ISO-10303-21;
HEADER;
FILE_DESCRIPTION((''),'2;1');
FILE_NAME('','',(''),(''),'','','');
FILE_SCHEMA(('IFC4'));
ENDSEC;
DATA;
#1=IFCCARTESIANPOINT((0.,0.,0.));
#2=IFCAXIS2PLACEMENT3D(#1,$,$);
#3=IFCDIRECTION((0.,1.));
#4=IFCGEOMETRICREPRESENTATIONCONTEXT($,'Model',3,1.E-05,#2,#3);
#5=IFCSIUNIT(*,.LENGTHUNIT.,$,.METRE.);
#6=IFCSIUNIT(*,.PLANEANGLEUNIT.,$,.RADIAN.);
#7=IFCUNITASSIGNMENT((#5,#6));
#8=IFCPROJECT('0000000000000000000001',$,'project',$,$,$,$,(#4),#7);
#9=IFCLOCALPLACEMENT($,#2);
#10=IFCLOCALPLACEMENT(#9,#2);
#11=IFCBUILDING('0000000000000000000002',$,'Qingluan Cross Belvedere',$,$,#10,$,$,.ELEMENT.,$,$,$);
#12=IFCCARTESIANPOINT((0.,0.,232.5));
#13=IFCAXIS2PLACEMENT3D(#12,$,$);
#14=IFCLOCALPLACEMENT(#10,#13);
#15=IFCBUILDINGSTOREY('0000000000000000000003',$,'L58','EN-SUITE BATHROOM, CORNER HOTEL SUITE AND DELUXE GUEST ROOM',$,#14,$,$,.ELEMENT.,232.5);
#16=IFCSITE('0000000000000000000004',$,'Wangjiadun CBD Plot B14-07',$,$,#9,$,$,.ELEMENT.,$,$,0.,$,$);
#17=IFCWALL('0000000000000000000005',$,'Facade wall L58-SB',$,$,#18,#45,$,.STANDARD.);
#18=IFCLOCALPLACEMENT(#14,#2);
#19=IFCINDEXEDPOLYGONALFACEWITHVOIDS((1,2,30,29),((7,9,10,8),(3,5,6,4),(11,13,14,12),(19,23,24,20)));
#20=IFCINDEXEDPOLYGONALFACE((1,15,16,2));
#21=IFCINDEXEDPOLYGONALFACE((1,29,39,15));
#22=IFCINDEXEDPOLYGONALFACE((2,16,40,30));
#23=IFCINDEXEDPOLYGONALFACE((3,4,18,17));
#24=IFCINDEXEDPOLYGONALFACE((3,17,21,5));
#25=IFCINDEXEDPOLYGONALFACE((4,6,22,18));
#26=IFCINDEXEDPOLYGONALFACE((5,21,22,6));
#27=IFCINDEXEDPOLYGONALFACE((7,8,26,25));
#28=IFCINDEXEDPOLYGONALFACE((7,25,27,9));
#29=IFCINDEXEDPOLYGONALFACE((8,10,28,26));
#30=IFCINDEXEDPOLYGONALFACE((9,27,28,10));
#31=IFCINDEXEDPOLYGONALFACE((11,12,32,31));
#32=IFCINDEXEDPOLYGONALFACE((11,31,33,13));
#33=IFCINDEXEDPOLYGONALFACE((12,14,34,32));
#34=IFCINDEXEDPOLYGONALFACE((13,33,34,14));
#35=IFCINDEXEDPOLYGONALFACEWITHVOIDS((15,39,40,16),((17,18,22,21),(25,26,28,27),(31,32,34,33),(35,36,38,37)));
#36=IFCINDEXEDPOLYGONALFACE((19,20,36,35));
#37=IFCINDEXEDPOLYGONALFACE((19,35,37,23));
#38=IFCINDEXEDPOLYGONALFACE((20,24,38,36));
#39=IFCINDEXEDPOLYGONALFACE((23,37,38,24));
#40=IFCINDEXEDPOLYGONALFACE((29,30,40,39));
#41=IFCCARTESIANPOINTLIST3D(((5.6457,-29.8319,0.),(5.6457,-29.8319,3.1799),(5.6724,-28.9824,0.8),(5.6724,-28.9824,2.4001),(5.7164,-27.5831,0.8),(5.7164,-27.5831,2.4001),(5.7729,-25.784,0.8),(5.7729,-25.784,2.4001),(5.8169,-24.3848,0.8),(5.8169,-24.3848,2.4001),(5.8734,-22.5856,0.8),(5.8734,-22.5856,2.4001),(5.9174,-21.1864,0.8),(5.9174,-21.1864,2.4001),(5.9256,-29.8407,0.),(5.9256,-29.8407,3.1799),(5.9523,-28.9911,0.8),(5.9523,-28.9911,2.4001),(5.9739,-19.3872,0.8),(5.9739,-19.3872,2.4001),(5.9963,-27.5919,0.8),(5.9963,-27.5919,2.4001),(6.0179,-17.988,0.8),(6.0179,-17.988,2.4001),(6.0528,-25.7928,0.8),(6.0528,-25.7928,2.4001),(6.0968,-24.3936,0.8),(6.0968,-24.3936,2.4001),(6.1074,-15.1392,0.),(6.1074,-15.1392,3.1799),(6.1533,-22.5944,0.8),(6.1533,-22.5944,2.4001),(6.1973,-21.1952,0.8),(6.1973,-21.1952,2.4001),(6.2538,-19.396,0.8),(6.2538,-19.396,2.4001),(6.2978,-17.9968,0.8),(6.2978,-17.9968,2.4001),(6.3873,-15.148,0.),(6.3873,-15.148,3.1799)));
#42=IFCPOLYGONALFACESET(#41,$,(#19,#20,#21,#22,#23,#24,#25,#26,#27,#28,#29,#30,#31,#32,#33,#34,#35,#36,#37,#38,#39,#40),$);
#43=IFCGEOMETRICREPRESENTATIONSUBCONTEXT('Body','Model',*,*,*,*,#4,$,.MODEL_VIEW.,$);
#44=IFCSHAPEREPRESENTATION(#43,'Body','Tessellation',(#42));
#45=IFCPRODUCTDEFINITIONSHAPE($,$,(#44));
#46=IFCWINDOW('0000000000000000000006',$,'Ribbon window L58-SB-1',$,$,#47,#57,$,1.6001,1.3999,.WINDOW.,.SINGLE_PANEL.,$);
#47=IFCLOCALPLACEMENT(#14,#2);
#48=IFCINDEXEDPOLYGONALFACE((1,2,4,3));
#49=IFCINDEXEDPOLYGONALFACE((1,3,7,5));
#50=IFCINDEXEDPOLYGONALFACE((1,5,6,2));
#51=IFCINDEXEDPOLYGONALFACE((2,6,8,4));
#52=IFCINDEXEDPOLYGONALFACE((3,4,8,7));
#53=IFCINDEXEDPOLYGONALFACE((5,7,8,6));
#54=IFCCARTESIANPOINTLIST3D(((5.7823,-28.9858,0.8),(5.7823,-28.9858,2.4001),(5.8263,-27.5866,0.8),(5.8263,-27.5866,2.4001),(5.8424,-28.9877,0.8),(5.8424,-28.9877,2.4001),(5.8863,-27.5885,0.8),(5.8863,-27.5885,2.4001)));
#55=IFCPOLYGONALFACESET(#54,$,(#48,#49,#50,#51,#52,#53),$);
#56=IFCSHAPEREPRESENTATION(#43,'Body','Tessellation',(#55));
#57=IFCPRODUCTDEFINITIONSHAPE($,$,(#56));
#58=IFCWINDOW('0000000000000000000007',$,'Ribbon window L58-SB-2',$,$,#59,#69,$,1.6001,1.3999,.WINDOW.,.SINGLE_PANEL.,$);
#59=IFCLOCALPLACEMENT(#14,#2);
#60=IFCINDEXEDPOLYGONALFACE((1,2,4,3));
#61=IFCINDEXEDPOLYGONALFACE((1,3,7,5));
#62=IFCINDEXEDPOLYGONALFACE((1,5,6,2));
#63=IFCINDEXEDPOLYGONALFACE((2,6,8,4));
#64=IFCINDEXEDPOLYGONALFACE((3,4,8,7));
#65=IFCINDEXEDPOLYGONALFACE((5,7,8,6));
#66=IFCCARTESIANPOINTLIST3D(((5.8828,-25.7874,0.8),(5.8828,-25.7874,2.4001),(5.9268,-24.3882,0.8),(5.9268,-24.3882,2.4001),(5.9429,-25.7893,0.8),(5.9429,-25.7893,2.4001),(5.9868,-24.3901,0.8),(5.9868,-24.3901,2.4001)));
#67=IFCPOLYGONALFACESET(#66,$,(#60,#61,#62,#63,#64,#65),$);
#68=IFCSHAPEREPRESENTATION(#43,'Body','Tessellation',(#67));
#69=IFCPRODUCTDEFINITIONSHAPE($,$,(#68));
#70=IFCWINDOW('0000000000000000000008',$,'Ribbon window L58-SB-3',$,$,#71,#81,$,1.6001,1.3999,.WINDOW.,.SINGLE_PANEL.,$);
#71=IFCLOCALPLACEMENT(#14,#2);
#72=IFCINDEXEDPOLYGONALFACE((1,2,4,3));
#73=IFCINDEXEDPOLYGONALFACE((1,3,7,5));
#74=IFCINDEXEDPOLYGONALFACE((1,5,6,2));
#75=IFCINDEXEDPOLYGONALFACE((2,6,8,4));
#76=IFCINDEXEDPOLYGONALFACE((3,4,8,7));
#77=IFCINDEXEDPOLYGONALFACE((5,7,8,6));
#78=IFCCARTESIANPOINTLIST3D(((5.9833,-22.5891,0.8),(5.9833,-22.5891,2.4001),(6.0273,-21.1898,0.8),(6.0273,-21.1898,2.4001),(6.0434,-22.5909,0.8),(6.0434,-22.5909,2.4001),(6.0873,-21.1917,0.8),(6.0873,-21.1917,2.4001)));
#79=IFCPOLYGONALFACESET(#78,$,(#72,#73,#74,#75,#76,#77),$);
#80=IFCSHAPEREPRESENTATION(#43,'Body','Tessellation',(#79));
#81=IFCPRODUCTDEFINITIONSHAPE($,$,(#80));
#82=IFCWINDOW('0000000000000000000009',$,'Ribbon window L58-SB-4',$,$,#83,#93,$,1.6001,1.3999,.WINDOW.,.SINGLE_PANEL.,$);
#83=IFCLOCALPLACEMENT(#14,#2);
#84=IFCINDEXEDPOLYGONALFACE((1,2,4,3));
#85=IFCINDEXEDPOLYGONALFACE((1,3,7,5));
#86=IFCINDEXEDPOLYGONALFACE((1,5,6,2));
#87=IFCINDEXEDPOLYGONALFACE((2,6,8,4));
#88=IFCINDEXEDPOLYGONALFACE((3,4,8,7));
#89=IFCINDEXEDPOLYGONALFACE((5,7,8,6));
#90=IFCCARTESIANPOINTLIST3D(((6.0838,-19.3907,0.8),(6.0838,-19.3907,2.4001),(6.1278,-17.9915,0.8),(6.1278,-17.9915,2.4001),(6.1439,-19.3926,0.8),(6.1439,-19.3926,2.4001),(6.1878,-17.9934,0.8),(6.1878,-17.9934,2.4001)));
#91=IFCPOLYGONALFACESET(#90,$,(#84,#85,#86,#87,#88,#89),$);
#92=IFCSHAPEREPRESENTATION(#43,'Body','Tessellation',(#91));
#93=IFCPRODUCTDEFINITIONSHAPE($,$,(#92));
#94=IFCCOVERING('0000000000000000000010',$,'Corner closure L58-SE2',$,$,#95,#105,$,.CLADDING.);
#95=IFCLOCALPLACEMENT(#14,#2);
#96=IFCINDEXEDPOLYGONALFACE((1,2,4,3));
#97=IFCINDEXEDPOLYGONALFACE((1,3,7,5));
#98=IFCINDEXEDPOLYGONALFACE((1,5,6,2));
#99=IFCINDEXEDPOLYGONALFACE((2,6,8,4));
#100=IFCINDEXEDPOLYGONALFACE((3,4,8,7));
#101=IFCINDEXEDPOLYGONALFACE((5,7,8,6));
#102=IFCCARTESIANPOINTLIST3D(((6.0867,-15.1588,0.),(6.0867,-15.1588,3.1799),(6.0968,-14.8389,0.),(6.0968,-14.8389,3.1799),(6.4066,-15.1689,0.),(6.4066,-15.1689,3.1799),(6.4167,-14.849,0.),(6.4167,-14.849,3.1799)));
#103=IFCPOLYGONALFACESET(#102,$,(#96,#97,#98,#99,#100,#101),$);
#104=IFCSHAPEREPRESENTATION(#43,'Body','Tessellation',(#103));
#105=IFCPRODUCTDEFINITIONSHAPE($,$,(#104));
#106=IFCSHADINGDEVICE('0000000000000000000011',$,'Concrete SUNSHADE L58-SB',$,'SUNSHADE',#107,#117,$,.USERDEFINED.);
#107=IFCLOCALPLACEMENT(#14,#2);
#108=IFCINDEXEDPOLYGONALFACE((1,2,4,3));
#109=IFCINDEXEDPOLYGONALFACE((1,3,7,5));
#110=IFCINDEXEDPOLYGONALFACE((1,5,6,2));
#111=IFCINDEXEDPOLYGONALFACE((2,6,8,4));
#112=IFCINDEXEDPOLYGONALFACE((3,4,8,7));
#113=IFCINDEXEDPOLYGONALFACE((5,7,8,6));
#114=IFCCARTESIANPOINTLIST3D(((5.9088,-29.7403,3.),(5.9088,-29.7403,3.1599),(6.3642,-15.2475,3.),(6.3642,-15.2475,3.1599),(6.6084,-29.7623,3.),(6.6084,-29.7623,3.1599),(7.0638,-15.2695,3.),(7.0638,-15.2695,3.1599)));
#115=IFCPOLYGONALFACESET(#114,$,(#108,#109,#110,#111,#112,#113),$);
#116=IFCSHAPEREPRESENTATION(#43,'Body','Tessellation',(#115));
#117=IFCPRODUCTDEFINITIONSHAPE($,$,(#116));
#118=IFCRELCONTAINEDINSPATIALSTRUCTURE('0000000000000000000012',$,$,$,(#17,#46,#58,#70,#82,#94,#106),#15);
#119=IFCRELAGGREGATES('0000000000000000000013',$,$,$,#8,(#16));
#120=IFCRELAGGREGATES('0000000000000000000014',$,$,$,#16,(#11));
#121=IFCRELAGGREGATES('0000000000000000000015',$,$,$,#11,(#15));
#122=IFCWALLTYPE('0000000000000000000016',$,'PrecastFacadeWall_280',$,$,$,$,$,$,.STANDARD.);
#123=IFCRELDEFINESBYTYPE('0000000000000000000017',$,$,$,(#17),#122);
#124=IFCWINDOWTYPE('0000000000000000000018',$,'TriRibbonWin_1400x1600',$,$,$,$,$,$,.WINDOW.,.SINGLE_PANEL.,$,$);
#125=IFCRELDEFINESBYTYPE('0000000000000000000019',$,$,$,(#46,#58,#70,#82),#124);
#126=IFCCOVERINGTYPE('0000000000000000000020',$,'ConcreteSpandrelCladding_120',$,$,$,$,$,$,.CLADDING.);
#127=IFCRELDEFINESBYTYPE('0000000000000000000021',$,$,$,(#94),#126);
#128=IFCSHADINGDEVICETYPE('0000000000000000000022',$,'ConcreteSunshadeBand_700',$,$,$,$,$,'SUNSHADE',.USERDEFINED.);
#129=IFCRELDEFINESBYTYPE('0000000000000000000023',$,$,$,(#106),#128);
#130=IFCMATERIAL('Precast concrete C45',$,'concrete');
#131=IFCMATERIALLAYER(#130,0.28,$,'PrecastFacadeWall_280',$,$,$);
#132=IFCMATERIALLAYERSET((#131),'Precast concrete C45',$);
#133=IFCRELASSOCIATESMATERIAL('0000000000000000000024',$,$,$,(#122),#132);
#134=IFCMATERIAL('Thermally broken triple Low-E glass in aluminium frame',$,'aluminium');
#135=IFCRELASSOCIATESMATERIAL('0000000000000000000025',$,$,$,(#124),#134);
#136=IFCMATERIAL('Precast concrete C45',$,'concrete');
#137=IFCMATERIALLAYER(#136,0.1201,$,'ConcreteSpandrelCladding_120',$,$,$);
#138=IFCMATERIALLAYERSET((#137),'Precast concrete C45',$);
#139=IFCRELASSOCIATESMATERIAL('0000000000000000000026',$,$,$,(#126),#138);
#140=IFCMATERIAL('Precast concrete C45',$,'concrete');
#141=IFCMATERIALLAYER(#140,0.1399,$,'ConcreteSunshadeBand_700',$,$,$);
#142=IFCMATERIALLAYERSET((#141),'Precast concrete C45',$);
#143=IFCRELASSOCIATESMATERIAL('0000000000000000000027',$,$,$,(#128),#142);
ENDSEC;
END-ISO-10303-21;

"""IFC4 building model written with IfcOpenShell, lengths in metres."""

from ifc_helpers import new_model, si_unit, direction, frame, frame_2d, origin, origin_2d, place, context, subcontext, project, spatial, rectangle, extrude, material, layer, layer_set, type_object, element, fill, save


model = new_model("IFC4")

# Units and contexts
model_context = context("Model", 3, precision=1e-05, world=origin(), true_north=direction((0.0, 1.0)))
body_context = subcontext(model_context, "Body", "Model", "MODEL_VIEW")
ifc_project = project(units=[si_unit("LENGTHUNIT", "METRE"), si_unit("PLANEANGLEUNIT", "RADIAN")], contexts=[model_context])

# Site, building, storey
site_placement = place(None, origin())
site = spatial("IfcSite", under=ifc_project, at=site_placement, Name="Wangjiadun CBD Plot B14-07", CompositionType="ELEMENT", RefElevation=0.0)
building_placement = place(site_placement, origin())
building = spatial("IfcBuilding", under=site, at=building_placement, Name="Qingluan Cross Belvedere", CompositionType="ELEMENT")
storey_placement = place(building_placement, frame((0.0, 0.0, 232.5)))
storey = spatial("IfcBuildingStorey", under=building, at=storey_placement, Name="L58", Description="EN-SUITE BATHROOM, CORNER HOTEL SUITE AND DELUXE GUEST ROOM", CompositionType="ELEMENT", Elevation=232.5)

# Wall, openings, windows
ifc_material_1 = material(Name="Precast concrete C45", Category="concrete")
ifc_layer_1 = layer(ifc_material_1, 0.28, Name="PrecastFacadeWall_280")
ifc_layer_set_1 = layer_set([ifc_layer_1], Name="Precast concrete C45")
wall_type_1 = type_object("IfcWallType", Name="PrecastFacadeWall_280", PredefinedType="STANDARD", material=ifc_layer_set_1)
wall_1_placement = place(storey_placement, frame((5.7856, -29.8364, 0.0), z_axis=(0.0, 0.0, 1.0), x_axis=(0.031406, 0.999507, 0.0)))
wall_1 = element("IfcWall", 1, at=wall_1_placement, inside=storey, type_object=wall_type_1, Name="Facade wall L58-SB", PredefinedType="STANDARD", context=body_context, shape_type="SweptSolid", body=[
    extrude(rectangle(XDim=14.7, YDim=0.28, at=frame_2d((7.3501, 0.0))), origin(), (0.0, 0.0, 1.0), 3.1799),
])
opening_1_placement = place(wall_1_placement, frame((0.8501, 0.0, 0.8)))
opening_1 = element("IfcOpeningElement", 2, at=opening_1_placement, cuts=wall_1, PredefinedType="OPENING", context=body_context, shape_type="SweptSolid", body=[
    extrude(rectangle(XDim=1.3999, YDim=1.6001, at=frame_2d((0.7, 0.8))), frame((0.0, 0.1499, 0.0), z_axis=(0.0, -1.0, 0.0), x_axis=(1.0, 0.0, 0.0)), (0.0, 0.0, 1.0), 0.3),
])
opening_2_placement = place(wall_1_placement, frame((4.05, 0.0, 0.8)))
opening_2 = element("IfcOpeningElement", 3, at=opening_2_placement, cuts=wall_1, PredefinedType="OPENING", context=body_context, shape_type="SweptSolid", body=[
    extrude(rectangle(XDim=1.3999, YDim=1.6001, at=frame_2d((0.7, 0.8))), frame((0.0, 0.1499, 0.0), z_axis=(0.0, -1.0, 0.0), x_axis=(1.0, 0.0, 0.0)), (0.0, 0.0, 1.0), 0.3),
])
opening_3_placement = place(wall_1_placement, frame((7.25, 0.0, 0.8)))
opening_3 = element("IfcOpeningElement", 4, at=opening_3_placement, cuts=wall_1, PredefinedType="OPENING", context=body_context, shape_type="SweptSolid", body=[
    extrude(rectangle(XDim=1.3999, YDim=1.6001, at=frame_2d((0.7, 0.8))), frame((0.0, 0.1499, 0.0), z_axis=(0.0, -1.0, 0.0), x_axis=(1.0, 0.0, 0.0)), (0.0, 0.0, 1.0), 0.3),
])
opening_4_placement = place(wall_1_placement, frame((10.45, 0.0, 0.8)))
opening_4 = element("IfcOpeningElement", 5, at=opening_4_placement, cuts=wall_1, PredefinedType="OPENING", context=body_context, shape_type="SweptSolid", body=[
    extrude(rectangle(XDim=1.3999, YDim=1.6001, at=frame_2d((0.7, 0.8))), frame((0.0, 0.1499, 0.0), z_axis=(0.0, -1.0, 0.0), x_axis=(1.0, 0.0, 0.0)), (0.0, 0.0, 1.0), 0.3),
])
ifc_material_2 = material(Name="Thermally broken triple Low-E glass in aluminium frame", Category="aluminium")
window_type = type_object("IfcWindowType", Name="TriRibbonWin_1400x1600", PartitioningType="SINGLE_PANEL", PredefinedType="WINDOW", material=ifc_material_2)
window_1_placement = place(opening_1_placement, origin())
window_1 = element("IfcWindow", 6, at=window_1_placement, inside=storey, type_object=window_type, Name="Ribbon window L58-SB-1", OverallHeight=1.6001, OverallWidth=1.3999, PartitioningType="SINGLE_PANEL", PredefinedType="WINDOW", context=body_context, shape_type="SweptSolid", body=[
    extrude(rectangle(XDim=1.3999, YDim=1.6001, at=frame_2d((0.7, 0.8))), frame((0.0, 0.03, 0.0), z_axis=(0.0, -1.0, 0.0), x_axis=(1.0, 0.0, 0.0)), (0.0, 0.0, 1.0), 0.0601),
])
fill(opening_1, window_1)
window_2_placement = place(opening_2_placement, origin())
window_2 = element("IfcWindow", 7, at=window_2_placement, inside=storey, type_object=window_type, Name="Ribbon window L58-SB-2", OverallHeight=1.6001, OverallWidth=1.3999, PartitioningType="SINGLE_PANEL", PredefinedType="WINDOW", context=body_context, shape_type="SweptSolid", body=[
    extrude(rectangle(XDim=1.3999, YDim=1.6001, at=frame_2d((0.7, 0.8))), frame((0.0, 0.03, 0.0), z_axis=(0.0, -1.0, 0.0), x_axis=(1.0, 0.0, 0.0)), (0.0, 0.0, 1.0), 0.0601),
])
fill(opening_2, window_2)
window_3_placement = place(opening_3_placement, origin())
window_3 = element("IfcWindow", 8, at=window_3_placement, inside=storey, type_object=window_type, Name="Ribbon window L58-SB-3", OverallHeight=1.6001, OverallWidth=1.3999, PartitioningType="SINGLE_PANEL", PredefinedType="WINDOW", context=body_context, shape_type="SweptSolid", body=[
    extrude(rectangle(XDim=1.3999, YDim=1.6001, at=frame_2d((0.7, 0.8))), frame((0.0, 0.03, 0.0), z_axis=(0.0, -1.0, 0.0), x_axis=(1.0, 0.0, 0.0)), (0.0, 0.0, 1.0), 0.0601),
])
fill(opening_3, window_3)
window_4_placement = place(opening_4_placement, origin())
window_4 = element("IfcWindow", 9, at=window_4_placement, inside=storey, type_object=window_type, Name="Ribbon window L58-SB-4", OverallHeight=1.6001, OverallWidth=1.3999, PartitioningType="SINGLE_PANEL", PredefinedType="WINDOW", context=body_context, shape_type="SweptSolid", body=[
    extrude(rectangle(XDim=1.3999, YDim=1.6001, at=frame_2d((0.7, 0.8))), frame((0.0, 0.03, 0.0), z_axis=(0.0, -1.0, 0.0), x_axis=(1.0, 0.0, 0.0)), (0.0, 0.0, 1.0), 0.0601),
])
fill(opening_4, window_4)

# Covering
ifc_material_3 = material(Name="Precast concrete C45", Category="concrete")
ifc_layer_2 = layer(ifc_material_3, 0.1201, Name="ConcreteSpandrelCladding_120")
ifc_layer_set_2 = layer_set([ifc_layer_2], Name="Precast concrete C45")
covering_type = type_object("IfcCoveringType", Name="ConcreteSpandrelCladding_120", PredefinedType="CLADDING", material=ifc_layer_set_2)
covering_placement = place(storey_placement, frame((6.2517, -15.0039, 0.0), z_axis=(0.0, 0.0, 1.0), x_axis=(0.999507, -0.031411, 0.0)))
element("IfcCovering", 10, at=covering_placement, inside=storey, type_object=covering_type, Name="Corner closure L58-SE2", PredefinedType="CLADDING", context=body_context, shape_type="SweptSolid", body=[
    extrude(rectangle(XDim=0.3201, YDim=0.3201, at=origin_2d()), origin(), (0.0, 0.0, 1.0), 3.1799),
])

# Shading device
ifc_material_4 = material(Name="Precast concrete C45", Category="concrete")
ifc_layer_3 = layer(ifc_material_4, 0.1399, Name="ConcreteSunshadeBand_700")
ifc_layer_set_3 = layer_set([ifc_layer_3], Name="Precast concrete C45")
shading_device_type = type_object("IfcShadingDeviceType", Name="ConcreteSunshadeBand_700", ElementType="SUNSHADE", PredefinedType="USERDEFINED", material=ifc_layer_set_3)
shading_device_placement = place(storey_placement, frame((6.4863, -22.5049, 3.0), z_axis=(0.0, 0.0, 1.0), x_axis=(0.031408, 0.999507, 0.0)))
element("IfcShadingDevice", 11, at=shading_device_placement, inside=storey, type_object=shading_device_type, Name="Concrete SUNSHADE L58-SB", ObjectType="SUNSHADE", PredefinedType="USERDEFINED", context=body_context, shape_type="SweptSolid", body=[
    extrude(rectangle(XDim=14.5, YDim=0.7, at=origin_2d()), origin(), (0.0, 0.0, 1.0), 0.1599),
])

save(model, "model.ifc")
